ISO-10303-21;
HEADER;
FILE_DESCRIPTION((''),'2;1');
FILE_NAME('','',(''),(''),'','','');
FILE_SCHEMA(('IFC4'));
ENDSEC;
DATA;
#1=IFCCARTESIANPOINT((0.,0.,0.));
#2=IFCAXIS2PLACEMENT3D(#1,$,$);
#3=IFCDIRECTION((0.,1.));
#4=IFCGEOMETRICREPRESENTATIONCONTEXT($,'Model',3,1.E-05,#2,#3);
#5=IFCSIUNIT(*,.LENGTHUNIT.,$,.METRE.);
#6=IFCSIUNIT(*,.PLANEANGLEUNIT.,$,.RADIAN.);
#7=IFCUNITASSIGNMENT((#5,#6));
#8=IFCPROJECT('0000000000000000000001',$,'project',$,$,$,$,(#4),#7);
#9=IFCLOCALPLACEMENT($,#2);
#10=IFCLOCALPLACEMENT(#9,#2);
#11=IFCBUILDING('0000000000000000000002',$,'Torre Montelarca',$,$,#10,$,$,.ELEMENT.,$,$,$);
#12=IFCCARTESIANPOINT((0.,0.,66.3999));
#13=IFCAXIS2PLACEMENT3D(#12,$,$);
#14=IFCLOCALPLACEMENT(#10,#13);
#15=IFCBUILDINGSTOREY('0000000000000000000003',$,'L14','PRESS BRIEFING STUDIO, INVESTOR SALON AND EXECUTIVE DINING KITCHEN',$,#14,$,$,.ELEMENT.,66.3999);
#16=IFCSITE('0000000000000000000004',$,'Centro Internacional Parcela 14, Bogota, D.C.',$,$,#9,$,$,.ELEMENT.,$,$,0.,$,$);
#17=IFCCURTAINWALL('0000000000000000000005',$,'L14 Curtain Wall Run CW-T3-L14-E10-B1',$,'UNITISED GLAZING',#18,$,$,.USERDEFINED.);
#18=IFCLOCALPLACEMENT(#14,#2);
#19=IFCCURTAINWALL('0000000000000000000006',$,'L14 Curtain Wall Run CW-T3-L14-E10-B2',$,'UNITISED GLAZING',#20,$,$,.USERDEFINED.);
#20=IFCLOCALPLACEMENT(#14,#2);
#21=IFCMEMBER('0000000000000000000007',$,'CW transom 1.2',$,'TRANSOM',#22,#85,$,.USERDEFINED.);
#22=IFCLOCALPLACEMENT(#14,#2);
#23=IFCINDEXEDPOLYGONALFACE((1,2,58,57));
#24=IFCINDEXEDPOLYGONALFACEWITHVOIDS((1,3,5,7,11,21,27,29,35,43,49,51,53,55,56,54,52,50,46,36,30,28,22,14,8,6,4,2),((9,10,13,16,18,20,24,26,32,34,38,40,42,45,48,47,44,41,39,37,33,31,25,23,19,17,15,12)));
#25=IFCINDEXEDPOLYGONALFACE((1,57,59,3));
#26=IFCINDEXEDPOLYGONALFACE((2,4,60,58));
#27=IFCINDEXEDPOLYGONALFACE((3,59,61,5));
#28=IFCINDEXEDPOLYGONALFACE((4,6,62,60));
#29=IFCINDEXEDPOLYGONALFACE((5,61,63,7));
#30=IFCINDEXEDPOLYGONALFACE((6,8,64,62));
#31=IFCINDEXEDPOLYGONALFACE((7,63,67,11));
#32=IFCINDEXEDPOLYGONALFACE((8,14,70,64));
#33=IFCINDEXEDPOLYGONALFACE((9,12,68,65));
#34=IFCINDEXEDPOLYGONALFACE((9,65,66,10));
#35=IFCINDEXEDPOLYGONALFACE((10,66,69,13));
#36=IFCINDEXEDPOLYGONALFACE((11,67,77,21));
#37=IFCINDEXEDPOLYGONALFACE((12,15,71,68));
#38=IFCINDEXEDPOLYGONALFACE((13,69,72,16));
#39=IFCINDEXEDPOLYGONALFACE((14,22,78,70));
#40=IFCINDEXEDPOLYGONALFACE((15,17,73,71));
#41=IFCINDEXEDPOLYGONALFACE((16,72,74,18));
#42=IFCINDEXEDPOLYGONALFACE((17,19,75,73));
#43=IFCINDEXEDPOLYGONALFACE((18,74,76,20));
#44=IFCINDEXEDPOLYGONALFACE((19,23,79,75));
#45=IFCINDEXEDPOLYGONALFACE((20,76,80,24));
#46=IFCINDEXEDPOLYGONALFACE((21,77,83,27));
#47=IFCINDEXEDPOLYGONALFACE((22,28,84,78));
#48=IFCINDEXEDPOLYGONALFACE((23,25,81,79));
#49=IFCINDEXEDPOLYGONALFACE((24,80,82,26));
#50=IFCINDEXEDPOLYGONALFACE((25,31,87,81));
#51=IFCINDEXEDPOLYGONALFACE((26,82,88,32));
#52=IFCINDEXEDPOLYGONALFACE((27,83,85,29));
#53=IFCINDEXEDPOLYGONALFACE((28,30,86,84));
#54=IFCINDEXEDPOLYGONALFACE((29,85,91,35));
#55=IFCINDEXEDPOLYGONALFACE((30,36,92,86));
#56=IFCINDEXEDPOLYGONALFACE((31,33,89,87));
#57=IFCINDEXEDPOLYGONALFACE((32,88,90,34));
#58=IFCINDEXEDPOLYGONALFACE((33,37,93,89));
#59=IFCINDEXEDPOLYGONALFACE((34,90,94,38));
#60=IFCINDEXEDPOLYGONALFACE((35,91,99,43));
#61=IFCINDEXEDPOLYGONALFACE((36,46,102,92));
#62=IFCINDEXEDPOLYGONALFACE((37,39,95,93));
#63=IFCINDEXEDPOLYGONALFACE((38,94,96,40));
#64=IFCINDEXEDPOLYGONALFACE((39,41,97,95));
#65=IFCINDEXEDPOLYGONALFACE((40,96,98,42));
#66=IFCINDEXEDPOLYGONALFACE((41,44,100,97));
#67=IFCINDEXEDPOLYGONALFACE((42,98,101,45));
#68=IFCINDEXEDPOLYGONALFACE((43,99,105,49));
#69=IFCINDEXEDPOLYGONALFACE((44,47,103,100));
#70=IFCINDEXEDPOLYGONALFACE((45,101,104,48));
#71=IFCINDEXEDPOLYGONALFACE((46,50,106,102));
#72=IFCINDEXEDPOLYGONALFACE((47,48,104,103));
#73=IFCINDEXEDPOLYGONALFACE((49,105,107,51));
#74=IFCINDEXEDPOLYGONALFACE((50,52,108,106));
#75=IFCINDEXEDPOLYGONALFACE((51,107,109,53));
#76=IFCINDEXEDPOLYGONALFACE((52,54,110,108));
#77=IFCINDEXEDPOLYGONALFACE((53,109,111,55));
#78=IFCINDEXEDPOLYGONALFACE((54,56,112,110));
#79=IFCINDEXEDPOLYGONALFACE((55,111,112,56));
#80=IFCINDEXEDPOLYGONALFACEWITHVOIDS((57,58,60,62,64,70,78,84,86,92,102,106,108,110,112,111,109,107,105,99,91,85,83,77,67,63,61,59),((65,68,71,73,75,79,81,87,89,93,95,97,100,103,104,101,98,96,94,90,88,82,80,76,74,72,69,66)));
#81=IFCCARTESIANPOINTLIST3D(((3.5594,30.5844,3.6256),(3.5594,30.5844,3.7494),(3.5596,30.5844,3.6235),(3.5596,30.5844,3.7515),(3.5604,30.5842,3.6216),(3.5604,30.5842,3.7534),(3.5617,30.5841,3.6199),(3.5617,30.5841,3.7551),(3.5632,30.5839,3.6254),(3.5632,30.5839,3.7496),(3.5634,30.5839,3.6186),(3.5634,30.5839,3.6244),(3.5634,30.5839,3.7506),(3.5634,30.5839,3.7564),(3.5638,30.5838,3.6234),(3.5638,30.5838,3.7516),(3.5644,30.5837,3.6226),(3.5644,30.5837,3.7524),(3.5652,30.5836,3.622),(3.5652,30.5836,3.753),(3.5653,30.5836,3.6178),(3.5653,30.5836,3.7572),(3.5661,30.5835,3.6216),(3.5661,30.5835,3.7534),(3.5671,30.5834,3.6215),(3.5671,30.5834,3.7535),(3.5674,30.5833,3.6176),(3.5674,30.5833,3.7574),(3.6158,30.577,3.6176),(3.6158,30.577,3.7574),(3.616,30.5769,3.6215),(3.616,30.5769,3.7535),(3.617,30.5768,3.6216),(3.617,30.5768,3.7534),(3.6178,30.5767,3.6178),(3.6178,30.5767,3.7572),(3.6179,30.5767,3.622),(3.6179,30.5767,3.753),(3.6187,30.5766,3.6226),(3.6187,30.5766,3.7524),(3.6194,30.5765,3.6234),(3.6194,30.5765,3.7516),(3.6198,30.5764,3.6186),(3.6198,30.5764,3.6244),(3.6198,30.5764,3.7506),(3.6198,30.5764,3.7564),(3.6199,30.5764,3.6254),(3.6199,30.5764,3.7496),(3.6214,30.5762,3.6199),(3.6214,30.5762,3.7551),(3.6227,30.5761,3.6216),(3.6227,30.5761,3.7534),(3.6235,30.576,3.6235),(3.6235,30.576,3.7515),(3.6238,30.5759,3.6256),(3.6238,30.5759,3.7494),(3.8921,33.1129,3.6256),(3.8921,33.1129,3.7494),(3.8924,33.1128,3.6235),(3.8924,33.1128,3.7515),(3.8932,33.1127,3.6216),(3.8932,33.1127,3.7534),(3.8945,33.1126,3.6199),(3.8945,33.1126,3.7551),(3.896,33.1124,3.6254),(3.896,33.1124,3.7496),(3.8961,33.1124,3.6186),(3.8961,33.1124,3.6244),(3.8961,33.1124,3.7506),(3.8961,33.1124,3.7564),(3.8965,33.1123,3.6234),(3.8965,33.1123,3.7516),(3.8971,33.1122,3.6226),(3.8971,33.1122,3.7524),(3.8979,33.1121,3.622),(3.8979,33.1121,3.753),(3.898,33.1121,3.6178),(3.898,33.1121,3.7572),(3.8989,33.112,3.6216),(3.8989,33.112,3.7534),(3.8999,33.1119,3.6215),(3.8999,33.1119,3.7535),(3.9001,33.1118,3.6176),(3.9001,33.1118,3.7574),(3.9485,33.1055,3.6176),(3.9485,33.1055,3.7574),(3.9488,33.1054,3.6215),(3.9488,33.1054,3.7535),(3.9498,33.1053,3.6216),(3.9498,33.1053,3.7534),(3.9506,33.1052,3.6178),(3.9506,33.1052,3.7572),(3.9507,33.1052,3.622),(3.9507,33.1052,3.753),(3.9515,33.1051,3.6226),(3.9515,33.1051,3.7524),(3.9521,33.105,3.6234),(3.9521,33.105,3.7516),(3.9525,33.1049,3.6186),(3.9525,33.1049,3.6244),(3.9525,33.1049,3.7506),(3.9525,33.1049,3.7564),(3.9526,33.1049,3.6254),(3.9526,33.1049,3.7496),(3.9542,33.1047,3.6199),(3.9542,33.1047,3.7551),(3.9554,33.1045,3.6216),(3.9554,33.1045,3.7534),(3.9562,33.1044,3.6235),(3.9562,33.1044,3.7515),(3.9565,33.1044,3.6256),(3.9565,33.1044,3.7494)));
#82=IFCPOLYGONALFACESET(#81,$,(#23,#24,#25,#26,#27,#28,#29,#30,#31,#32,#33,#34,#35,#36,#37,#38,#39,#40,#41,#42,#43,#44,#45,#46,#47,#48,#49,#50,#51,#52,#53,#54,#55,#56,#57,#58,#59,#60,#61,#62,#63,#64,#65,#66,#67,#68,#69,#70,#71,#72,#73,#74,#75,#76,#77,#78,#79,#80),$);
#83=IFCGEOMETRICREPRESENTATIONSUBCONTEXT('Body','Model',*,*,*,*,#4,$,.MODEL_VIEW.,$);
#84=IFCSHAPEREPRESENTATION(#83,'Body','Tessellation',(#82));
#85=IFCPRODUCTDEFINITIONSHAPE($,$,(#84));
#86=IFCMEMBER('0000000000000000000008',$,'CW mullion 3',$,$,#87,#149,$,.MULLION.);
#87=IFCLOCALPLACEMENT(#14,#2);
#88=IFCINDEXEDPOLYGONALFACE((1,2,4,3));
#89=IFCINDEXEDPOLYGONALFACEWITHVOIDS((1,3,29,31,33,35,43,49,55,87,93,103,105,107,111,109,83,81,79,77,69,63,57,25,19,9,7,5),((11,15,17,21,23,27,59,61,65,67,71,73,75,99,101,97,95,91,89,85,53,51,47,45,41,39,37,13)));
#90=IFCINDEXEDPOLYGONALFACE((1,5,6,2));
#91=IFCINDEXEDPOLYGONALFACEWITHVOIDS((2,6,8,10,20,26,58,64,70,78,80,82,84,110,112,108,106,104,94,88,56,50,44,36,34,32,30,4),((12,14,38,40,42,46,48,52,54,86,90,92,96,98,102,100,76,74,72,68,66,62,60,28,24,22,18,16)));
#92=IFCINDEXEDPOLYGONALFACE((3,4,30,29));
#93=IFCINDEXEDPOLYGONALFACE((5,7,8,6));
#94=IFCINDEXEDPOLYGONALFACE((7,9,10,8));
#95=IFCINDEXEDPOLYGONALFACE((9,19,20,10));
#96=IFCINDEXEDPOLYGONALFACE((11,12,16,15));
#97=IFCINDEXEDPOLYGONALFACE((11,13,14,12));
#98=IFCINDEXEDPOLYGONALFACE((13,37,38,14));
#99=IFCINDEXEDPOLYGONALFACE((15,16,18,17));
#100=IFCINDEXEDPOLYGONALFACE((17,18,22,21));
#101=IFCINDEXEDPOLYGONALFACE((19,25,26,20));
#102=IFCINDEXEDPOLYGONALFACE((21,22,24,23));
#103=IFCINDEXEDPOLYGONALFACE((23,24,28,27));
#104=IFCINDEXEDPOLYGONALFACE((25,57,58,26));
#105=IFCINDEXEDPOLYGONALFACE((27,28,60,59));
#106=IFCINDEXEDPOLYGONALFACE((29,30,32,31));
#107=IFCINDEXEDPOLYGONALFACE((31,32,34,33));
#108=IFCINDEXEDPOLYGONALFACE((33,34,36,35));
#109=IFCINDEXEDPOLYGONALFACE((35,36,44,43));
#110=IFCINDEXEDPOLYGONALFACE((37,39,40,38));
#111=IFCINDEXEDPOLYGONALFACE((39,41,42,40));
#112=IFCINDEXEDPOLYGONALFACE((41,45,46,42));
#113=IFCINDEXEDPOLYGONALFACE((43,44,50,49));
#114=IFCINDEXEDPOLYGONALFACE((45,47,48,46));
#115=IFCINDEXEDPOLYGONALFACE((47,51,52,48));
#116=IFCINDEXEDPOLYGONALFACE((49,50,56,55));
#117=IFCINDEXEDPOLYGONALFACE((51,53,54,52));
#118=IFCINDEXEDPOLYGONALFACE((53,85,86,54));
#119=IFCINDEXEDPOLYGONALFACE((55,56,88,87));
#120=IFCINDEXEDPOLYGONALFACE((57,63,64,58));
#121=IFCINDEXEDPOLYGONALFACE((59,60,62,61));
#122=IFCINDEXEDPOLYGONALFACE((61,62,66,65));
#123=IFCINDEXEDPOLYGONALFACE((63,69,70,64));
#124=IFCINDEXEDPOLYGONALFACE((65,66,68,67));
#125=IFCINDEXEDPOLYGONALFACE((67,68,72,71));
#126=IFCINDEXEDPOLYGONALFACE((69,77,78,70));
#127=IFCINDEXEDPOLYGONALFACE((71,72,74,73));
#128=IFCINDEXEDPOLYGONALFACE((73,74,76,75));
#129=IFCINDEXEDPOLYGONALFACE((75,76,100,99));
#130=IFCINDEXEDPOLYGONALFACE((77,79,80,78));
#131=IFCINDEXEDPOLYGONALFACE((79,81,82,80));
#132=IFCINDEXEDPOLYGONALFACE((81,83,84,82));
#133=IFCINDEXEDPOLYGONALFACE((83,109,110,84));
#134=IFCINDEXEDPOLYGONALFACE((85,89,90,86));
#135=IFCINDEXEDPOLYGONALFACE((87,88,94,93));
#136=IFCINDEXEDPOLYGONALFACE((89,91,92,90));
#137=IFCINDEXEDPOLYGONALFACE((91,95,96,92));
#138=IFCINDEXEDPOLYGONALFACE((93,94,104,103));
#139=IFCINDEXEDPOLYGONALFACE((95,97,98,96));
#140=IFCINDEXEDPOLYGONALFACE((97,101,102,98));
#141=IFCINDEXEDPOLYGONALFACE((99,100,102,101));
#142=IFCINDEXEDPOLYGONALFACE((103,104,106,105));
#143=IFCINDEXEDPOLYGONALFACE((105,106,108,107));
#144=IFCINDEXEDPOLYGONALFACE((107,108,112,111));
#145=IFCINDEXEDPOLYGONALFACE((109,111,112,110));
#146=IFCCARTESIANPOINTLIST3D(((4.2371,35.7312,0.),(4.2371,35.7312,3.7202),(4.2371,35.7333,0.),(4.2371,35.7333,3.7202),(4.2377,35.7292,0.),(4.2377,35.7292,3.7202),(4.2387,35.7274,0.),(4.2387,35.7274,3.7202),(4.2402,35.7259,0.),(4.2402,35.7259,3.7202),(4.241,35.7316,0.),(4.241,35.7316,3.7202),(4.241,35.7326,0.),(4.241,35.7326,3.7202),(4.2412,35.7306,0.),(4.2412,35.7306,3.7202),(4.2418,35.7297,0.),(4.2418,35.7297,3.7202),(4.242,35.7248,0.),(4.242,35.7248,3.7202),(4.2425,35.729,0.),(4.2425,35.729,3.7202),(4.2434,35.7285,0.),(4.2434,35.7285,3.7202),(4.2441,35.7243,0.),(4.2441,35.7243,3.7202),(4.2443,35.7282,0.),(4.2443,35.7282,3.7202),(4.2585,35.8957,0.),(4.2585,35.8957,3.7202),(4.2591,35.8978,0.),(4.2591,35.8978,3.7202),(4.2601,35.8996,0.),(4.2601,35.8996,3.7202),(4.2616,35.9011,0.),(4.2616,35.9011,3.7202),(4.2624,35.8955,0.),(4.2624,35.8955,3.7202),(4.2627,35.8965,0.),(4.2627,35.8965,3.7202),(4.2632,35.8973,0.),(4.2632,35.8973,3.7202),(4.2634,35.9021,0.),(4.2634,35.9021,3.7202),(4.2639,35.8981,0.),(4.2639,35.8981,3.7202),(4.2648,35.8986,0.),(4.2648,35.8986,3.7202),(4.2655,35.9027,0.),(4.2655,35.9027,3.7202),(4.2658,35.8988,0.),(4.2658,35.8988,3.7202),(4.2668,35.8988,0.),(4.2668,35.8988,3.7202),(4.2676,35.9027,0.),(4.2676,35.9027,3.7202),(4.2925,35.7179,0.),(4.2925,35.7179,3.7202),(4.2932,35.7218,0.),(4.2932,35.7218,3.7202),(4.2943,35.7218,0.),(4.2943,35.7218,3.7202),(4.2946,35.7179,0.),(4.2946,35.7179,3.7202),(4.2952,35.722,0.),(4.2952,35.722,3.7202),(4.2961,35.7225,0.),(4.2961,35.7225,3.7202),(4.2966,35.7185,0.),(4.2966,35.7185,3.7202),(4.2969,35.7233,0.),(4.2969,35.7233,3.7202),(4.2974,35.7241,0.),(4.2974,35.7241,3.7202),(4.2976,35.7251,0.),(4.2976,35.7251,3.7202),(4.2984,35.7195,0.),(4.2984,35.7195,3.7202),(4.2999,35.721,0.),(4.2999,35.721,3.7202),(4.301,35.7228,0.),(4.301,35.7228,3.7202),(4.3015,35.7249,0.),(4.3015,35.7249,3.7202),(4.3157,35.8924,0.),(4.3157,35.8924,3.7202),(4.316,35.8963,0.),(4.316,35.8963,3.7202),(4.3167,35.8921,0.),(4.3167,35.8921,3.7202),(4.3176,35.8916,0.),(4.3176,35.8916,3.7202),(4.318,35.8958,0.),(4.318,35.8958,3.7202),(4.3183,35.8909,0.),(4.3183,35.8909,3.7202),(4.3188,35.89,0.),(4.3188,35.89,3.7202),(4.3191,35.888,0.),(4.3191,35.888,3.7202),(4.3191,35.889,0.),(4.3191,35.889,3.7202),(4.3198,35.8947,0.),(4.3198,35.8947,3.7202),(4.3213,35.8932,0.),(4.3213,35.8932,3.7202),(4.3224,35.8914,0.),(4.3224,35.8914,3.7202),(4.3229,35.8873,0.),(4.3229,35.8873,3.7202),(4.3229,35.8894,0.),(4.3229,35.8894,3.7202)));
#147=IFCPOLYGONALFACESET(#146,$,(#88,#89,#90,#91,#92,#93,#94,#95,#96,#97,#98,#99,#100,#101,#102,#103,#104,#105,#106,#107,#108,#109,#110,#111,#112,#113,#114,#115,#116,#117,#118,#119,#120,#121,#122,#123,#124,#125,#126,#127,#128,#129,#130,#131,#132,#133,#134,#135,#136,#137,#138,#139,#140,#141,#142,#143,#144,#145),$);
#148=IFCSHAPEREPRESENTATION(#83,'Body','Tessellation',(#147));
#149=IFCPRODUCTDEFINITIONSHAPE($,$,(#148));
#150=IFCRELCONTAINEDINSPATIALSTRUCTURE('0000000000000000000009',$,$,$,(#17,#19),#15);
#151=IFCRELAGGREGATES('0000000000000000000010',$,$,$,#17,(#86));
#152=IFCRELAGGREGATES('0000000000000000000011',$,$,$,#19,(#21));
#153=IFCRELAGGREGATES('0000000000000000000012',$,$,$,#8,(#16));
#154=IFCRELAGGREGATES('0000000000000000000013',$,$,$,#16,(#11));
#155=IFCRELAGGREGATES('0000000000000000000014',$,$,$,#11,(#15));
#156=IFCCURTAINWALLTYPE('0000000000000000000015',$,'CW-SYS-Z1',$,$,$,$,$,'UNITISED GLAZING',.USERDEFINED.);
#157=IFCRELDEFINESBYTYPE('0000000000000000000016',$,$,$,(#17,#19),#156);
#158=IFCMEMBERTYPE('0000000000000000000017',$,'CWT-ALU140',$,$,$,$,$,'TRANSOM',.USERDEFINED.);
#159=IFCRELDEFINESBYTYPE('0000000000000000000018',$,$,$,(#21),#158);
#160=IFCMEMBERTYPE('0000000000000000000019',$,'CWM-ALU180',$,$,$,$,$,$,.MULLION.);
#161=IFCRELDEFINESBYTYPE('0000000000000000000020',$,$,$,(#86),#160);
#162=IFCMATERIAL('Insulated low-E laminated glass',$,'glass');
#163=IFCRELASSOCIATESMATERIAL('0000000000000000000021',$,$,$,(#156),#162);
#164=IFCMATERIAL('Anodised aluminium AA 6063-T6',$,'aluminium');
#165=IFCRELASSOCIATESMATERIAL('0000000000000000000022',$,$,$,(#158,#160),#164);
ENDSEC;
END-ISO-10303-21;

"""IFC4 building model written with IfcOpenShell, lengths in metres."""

from ifc_helpers import new_model, si_unit, direction, frame, origin, origin_2d, place, context, subcontext, project, spatial, hollow_rectangle, extrude, source, transform, mapped, material, material_profile, profile_set, type_object, element, aggregate, save


model = new_model("IFC4")

# Units and contexts
model_context = context("Model", 3, precision=1e-05, world=origin(), true_north=direction((0.0, 1.0)))
body_context = subcontext(model_context, "Body", "Model", "MODEL_VIEW")
ifc_project = project(units=[si_unit("LENGTHUNIT", "METRE"), si_unit("PLANEANGLEUNIT", "RADIAN")], contexts=[model_context])

# Site, building, storey
site_placement = place(None, origin())
site = spatial("IfcSite", under=ifc_project, at=site_placement, Name="Centro Internacional Parcela 14, Bogota, D.C.", CompositionType="ELEMENT", RefElevation=0.0)
building_placement = place(site_placement, origin())
building = spatial("IfcBuilding", under=site, at=building_placement, Name="Torre Montelarca", CompositionType="ELEMENT")
storey_placement = place(building_placement, frame((0.0, 0.0, 66.3999)))
storey = spatial("IfcBuildingStorey", under=building, at=storey_placement, Name="L14", Description="PRESS BRIEFING STUDIO, INVESTOR SALON AND EXECUTIVE DINING KITCHEN", CompositionType="ELEMENT", Elevation=66.3999)

# Curtain wall
ifc_material_1 = material(Name="Insulated low-E laminated glass", Category="glass")
curtain_wall_type = type_object("IfcCurtainWallType", Name="CW-SYS-Z1", ElementType="UNITISED GLAZING", PredefinedType="USERDEFINED", material=ifc_material_1)
curtain_wall_1_placement = place(storey_placement, origin())
curtain_wall_1 = element("IfcCurtainWall", 1, at=curtain_wall_1_placement, inside=storey, type_object=curtain_wall_type, Name="L14 Curtain Wall Run CW-T3-L14-E10-B1", ObjectType="UNITISED GLAZING", PredefinedType="USERDEFINED")
ifc_material_2 = material(Name="Anodised aluminium AA 6063-T6", Category="aluminium")
ifc_material_profile_1 = material_profile(ifc_material_2, hollow_rectangle(XDim=0.0649, YDim=0.1399, WallThickness=0.0039, InnerFilletRadius=0.0039, OuterFilletRadius=0.0081, at=origin_2d()), Name="ALU65X140X4", Category="aluminium")
ifc_profile_set_1 = profile_set([ifc_material_profile_1], Name="Anodised aluminium AA 6063-T6")
member_type_1 = type_object("IfcMemberType", Name="CWT-ALU140", ElementType="TRANSOM", PredefinedType="USERDEFINED", material=ifc_profile_set_1)

# Curtain wall, member
curtain_wall_2_placement = place(storey_placement, origin())
curtain_wall_2 = element("IfcCurtainWall", 2, at=curtain_wall_2_placement, inside=storey, type_object=curtain_wall_type, Name="L14 Curtain Wall Run CW-T3-L14-E10-B2", ObjectType="UNITISED GLAZING", PredefinedType="USERDEFINED")
shared_shape_1 = source(origin(), body_context, "Body", "SweptSolid", [
    extrude(hollow_rectangle(XDim=0.0649, YDim=0.1399, WallThickness=0.0039, InnerFilletRadius=0.0039, OuterFilletRadius=0.0081, at=origin_2d()), origin(), (0.0, 0.0, 1.0), 2.5503),
])
member_1_placement = place(storey_placement, frame((3.9243, 33.1086, 3.6875), z_axis=(-0.130477, -0.991451, 0.0), x_axis=(0.991451, -0.130477, 0.0)))
member_1 = element("IfcMember", 3, at=member_1_placement, type_object=member_type_1, Name="CW transom 1.2", ObjectType="TRANSOM", PredefinedType="USERDEFINED", context=body_context, shape_type="MappedRepresentation", body=[
    mapped(shared_shape_1, transform((0.0, 0.0, 0.0), scale=1.0)),
])

# Member
ifc_material_profile_2 = material_profile(ifc_material_2, hollow_rectangle(XDim=0.0649, YDim=0.1799, WallThickness=0.0039, InnerFilletRadius=0.0039, OuterFilletRadius=0.0081, at=origin_2d()), Name="ALU65X180X4", Category="aluminium")
ifc_profile_set_2 = profile_set([ifc_material_profile_2], Name="Anodised aluminium AA 6063-T6")
member_type_2 = type_object("IfcMemberType", Name="CWM-ALU180", PredefinedType="MULLION", material=ifc_profile_set_2)
shared_shape_2 = source(origin(), body_context, "Body", "SweptSolid", [
    extrude(hollow_rectangle(XDim=0.0649, YDim=0.1799, WallThickness=0.0039, InnerFilletRadius=0.0039, OuterFilletRadius=0.0081, at=origin_2d()), origin(), (0.0, 0.0, 1.0), 3.7202),
])
member_2_placement = place(storey_placement, frame((4.28, 35.8103, 0.0), z_axis=(0.0, 0.0, 1.0), x_axis=(0.991443, -0.130538, 0.0)))
member_2 = element("IfcMember", 4, at=member_2_placement, type_object=member_type_2, Name="CW mullion 3", PredefinedType="MULLION", context=body_context, shape_type="MappedRepresentation", body=[
    mapped(shared_shape_2, transform((0.0, 0.0, 0.0), scale=1.0)),
])

aggregate(curtain_wall_1, [member_2])
aggregate(curtain_wall_2, [member_1])

save(model, "model.ifc")
